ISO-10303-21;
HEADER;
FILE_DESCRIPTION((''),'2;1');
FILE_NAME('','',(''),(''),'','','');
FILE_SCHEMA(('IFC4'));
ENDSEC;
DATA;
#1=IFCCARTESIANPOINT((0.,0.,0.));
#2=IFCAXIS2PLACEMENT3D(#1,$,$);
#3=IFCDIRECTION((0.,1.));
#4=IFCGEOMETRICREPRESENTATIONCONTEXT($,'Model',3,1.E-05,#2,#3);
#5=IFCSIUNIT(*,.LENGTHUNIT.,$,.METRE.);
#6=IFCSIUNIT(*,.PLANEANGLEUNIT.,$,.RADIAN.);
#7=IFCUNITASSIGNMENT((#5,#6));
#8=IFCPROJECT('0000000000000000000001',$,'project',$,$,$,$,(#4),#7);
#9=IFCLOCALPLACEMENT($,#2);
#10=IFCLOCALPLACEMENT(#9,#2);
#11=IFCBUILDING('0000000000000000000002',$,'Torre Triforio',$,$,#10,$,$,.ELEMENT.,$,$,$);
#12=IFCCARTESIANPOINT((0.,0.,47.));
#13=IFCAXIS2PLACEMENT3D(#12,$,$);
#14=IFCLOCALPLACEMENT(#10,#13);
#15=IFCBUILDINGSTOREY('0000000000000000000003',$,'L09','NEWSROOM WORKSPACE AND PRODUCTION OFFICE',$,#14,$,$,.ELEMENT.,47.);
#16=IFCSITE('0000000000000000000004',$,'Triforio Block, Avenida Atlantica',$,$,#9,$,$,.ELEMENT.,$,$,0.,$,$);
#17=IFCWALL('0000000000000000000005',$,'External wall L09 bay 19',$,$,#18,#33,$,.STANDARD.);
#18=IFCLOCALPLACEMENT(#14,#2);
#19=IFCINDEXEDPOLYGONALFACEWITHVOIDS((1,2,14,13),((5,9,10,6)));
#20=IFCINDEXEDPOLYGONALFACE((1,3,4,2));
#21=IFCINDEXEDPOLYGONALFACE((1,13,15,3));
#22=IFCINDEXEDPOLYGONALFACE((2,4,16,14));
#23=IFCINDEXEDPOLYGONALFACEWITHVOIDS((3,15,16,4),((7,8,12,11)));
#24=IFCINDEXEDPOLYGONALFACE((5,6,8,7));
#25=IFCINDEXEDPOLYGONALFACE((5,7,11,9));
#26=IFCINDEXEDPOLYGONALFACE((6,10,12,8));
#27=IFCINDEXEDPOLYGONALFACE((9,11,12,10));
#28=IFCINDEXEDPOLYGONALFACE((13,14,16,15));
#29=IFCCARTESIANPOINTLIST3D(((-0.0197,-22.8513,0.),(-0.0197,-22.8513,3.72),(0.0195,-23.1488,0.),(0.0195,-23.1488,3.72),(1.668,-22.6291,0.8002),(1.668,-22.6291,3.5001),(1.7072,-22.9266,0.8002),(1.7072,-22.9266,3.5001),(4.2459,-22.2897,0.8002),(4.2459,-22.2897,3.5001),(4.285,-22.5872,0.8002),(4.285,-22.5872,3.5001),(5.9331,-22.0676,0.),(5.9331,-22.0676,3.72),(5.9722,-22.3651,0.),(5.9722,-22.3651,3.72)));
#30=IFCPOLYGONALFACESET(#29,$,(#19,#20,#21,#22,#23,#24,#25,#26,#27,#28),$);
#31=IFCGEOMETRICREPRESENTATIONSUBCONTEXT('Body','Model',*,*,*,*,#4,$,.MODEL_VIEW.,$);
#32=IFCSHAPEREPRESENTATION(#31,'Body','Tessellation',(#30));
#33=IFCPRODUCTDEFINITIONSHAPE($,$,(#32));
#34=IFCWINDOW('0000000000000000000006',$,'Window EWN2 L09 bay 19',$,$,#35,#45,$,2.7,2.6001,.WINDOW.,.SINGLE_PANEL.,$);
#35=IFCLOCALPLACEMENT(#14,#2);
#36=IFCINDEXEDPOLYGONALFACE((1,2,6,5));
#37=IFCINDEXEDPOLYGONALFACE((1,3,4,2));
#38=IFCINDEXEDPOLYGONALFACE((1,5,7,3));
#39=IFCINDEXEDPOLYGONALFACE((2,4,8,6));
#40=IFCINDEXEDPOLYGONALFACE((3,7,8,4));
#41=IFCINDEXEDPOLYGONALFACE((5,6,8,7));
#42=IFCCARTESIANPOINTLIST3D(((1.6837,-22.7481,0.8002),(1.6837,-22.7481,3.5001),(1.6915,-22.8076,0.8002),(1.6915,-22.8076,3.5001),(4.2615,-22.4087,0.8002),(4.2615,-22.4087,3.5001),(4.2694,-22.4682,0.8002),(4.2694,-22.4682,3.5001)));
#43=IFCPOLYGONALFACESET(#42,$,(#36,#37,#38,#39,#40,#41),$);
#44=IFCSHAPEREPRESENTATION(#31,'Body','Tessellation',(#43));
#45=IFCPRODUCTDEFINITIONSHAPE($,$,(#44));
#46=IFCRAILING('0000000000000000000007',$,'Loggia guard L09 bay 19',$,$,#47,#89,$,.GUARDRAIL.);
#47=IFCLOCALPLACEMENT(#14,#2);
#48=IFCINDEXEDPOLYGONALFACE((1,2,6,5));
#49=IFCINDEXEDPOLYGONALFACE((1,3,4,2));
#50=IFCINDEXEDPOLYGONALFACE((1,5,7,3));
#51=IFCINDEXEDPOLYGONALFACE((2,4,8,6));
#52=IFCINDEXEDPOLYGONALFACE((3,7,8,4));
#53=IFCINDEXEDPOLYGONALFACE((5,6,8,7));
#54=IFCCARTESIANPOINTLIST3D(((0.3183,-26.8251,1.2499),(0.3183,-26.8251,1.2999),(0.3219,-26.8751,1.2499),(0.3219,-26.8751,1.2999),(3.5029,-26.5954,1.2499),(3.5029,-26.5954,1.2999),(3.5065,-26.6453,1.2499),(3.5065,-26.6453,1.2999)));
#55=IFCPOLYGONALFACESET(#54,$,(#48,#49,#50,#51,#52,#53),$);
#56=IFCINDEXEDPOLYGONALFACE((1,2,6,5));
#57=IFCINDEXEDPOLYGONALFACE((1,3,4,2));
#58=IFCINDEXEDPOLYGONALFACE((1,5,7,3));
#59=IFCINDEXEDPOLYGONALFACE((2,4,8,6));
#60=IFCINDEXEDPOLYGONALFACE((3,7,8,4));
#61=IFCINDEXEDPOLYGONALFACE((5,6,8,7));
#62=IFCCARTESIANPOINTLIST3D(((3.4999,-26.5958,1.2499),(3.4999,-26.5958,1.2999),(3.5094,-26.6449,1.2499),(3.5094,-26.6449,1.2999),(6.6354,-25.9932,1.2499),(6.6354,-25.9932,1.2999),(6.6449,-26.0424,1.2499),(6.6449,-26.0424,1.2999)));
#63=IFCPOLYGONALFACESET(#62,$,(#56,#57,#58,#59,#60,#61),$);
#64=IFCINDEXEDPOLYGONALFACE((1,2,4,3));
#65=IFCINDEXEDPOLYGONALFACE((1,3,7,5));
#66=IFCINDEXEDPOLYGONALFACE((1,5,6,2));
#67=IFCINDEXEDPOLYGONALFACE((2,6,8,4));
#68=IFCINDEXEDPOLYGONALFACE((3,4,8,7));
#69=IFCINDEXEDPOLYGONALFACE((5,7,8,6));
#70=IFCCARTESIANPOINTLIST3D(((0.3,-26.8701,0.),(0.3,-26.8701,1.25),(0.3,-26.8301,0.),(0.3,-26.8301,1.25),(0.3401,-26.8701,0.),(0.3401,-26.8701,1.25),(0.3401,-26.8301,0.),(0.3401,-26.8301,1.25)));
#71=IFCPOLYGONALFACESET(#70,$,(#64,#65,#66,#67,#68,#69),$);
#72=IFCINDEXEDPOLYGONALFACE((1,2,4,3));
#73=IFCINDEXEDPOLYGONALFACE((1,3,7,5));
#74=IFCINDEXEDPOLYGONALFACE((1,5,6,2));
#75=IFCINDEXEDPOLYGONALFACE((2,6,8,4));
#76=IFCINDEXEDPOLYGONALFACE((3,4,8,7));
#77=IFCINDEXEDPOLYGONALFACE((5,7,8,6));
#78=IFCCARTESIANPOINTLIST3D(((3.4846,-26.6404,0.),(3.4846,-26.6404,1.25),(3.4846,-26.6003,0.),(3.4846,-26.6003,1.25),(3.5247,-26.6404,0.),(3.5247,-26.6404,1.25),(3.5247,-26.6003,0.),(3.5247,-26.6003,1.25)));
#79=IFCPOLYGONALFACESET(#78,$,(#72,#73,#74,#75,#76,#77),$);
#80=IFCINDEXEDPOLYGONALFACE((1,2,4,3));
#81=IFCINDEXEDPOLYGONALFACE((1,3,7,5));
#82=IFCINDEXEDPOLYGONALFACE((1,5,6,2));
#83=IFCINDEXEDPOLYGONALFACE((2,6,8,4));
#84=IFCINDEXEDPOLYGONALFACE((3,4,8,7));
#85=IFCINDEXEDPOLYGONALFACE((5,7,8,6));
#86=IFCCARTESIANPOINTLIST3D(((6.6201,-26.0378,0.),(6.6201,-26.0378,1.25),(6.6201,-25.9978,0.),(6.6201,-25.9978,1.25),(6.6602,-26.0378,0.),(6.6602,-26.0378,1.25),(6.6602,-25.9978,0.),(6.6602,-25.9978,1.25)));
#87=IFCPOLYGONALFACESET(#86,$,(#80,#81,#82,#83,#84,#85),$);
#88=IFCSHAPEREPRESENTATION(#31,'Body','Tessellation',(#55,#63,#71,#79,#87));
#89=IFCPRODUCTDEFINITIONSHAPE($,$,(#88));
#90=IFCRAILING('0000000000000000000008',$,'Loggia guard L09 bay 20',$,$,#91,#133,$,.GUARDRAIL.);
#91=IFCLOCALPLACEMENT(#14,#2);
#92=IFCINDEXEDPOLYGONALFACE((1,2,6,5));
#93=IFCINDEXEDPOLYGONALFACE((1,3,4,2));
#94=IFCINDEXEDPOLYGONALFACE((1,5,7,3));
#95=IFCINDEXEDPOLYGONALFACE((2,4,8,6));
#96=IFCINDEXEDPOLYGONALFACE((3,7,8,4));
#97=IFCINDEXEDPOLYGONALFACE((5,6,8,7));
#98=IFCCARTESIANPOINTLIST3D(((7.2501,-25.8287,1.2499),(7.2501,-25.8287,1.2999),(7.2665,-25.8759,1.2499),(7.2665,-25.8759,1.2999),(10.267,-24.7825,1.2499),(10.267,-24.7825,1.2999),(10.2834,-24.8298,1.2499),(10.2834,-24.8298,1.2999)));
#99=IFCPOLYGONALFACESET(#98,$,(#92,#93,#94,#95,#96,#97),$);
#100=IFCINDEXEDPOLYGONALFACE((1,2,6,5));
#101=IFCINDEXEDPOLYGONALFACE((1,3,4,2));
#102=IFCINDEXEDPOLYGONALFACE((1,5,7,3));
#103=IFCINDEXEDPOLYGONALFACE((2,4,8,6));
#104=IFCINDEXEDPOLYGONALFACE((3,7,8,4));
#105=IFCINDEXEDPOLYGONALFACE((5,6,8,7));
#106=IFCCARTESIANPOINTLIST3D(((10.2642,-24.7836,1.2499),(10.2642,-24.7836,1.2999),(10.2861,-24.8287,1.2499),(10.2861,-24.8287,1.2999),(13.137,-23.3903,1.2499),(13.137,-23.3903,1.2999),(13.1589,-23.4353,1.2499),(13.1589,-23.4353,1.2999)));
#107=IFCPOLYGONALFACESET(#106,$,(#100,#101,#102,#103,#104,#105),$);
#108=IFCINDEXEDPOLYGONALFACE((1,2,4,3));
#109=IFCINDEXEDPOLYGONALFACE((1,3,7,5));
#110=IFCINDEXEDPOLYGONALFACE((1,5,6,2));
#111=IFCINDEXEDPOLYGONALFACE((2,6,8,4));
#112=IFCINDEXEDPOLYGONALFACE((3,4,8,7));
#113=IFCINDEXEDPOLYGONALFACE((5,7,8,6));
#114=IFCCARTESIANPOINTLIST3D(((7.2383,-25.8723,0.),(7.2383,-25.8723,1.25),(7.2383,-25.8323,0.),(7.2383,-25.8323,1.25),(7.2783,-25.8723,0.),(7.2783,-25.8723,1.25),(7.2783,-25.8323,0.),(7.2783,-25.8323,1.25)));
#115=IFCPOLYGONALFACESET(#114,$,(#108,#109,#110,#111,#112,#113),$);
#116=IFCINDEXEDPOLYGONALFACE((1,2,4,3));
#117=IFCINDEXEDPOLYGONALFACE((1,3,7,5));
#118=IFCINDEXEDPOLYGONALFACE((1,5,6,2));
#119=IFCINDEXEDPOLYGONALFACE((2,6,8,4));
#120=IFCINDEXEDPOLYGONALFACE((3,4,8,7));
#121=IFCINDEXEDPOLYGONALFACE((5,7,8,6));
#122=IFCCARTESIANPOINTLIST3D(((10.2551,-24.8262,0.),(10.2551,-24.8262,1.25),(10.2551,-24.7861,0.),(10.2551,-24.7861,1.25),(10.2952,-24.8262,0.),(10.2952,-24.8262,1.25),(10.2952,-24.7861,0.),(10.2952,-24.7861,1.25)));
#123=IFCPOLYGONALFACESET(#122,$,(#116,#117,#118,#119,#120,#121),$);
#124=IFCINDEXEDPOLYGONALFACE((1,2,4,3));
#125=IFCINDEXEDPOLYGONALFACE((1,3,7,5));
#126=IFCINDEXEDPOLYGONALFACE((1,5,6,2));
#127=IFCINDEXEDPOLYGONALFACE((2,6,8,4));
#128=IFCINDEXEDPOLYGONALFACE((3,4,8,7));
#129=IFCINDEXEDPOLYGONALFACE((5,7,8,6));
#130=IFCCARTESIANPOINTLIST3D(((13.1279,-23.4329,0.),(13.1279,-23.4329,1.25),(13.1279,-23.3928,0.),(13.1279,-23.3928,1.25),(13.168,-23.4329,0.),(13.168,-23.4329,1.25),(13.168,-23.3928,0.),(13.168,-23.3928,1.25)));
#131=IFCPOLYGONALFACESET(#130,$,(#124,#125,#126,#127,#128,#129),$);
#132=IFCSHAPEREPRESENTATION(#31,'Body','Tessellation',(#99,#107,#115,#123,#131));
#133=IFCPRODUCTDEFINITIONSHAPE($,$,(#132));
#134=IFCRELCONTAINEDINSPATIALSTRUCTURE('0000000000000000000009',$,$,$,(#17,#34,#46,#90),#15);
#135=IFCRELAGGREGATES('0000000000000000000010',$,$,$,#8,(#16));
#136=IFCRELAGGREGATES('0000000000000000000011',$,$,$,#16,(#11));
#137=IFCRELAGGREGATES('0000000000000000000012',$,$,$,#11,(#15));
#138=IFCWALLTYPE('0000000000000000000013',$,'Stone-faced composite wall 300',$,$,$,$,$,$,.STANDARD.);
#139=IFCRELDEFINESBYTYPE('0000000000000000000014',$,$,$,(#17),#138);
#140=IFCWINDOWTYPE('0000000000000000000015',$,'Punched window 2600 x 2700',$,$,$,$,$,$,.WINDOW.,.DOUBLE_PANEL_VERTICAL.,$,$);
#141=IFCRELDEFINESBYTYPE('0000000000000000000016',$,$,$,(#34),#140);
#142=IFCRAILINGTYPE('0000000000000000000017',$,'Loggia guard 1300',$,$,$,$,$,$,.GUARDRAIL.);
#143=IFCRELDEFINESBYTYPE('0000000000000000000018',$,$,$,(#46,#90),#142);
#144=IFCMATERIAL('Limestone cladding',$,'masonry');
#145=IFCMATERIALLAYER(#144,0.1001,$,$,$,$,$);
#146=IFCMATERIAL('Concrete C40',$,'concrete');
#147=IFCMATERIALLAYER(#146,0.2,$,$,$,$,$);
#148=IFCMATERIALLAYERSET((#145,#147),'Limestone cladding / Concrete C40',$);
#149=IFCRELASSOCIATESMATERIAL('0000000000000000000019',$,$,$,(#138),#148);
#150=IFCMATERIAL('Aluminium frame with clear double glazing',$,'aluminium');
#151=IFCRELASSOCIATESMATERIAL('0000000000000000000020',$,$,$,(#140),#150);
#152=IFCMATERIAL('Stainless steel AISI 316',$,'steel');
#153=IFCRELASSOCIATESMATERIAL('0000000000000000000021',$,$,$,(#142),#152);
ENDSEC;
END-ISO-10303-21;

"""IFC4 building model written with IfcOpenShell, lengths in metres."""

from ifc_helpers import new_model, si_unit, direction, frame, frame_2d, origin, origin_2d, place, context, subcontext, project, spatial, rectangle, extrude, material, layer, layer_set, type_object, element, fill, save


model = new_model("IFC4")

# Units and contexts
model_context = context("Model", 3, precision=1e-05, world=origin(), true_north=direction((0.0, 1.0)))
body_context = subcontext(model_context, "Body", "Model", "MODEL_VIEW")
ifc_project = project(units=[si_unit("LENGTHUNIT", "METRE"), si_unit("PLANEANGLEUNIT", "RADIAN")], contexts=[model_context])

# Site, building, storey
site_placement = place(None, origin())
site = spatial("IfcSite", under=ifc_project, at=site_placement, Name="Triforio Block, Avenida Atlantica", CompositionType="ELEMENT", RefElevation=0.0)
building_placement = place(site_placement, origin())
building = spatial("IfcBuilding", under=site, at=building_placement, Name="Torre Triforio", CompositionType="ELEMENT")
storey_placement = place(building_placement, frame((0.0, 0.0, 47.0)))
storey = spatial("IfcBuildingStorey", under=building, at=storey_placement, Name="L09", Description="NEWSROOM WORKSPACE AND PRODUCTION OFFICE", CompositionType="ELEMENT", Elevation=47.0)

# Wall, opening, window
ifc_material_1 = material(Name="Limestone cladding", Category="masonry")
ifc_layer_1 = layer(ifc_material_1, 0.1001)
ifc_material_2 = material(Name="Concrete C40", Category="concrete")
ifc_layer_2 = layer(ifc_material_2, 0.2)
ifc_layer_set_1 = layer_set([ifc_layer_1, ifc_layer_2], Name="Limestone cladding / Concrete C40")
wall_type_1 = type_object("IfcWallType", Name="Stone-faced composite wall 300", PredefinedType="STANDARD", material=ifc_layer_set_1)
wall_1_placement = place(storey_placement, frame((0.0, -23.0, 0.0), z_axis=(0.0, 0.0, 1.0), x_axis=(0.991445, 0.130523, 0.0)))
wall_1 = element("IfcWall", 1, at=wall_1_placement, inside=storey, type_object=wall_type_1, Name="External wall L09 bay 19", PredefinedType="STANDARD", context=body_context, shape_type="SweptSolid", body=[
    extrude(rectangle(XDim=6.0042, YDim=0.3, at=frame_2d((3.002, 0.0))), origin(), (0.0, 0.0, 1.0), 3.72),
])
opening_1_placement = place(wall_1_placement, frame((1.7021, 0.0, 0.8)))
opening_1 = element("IfcOpeningElement", 2, at=opening_1_placement, cuts=wall_1, PredefinedType="OPENING", context=body_context, shape_type="SweptSolid", body=[
    extrude(rectangle(XDim=2.6001, YDim=2.7, at=frame_2d((1.3, 1.3501))), frame((0.0, 0.1599, 0.0), z_axis=(0.0, -1.0, 0.0), x_axis=(1.0, 0.0, 0.0)), (0.0, 0.0, 1.0), 0.3201),
])
ifc_material_3 = material(Name="Aluminium frame with clear double glazing", Category="aluminium")
window_type_1 = type_object("IfcWindowType", Name="Punched window 2600 x 2700", PartitioningType="DOUBLE_PANEL_VERTICAL", PredefinedType="WINDOW", material=ifc_material_3)
window_1_placement = place(opening_1_placement, origin())
window_1 = element("IfcWindow", 3, at=window_1_placement, inside=storey, type_object=window_type_1, Name="Window EWN2 L09 bay 19", OverallHeight=2.7, OverallWidth=2.6001, PartitioningType="SINGLE_PANEL", PredefinedType="WINDOW", context=body_context, shape_type="SweptSolid", body=[
    extrude(rectangle(XDim=2.6001, YDim=2.7, at=frame_2d((1.3, 1.3501))), frame((0.0, 0.03, 0.0), z_axis=(0.0, -1.0, 0.0), x_axis=(1.0, 0.0, 0.0)), (0.0, 0.0, 1.0), 0.0601),
])
fill(opening_1, window_1)

# Railings
ifc_material_4 = material(Name="Stainless steel AISI 316", Category="steel")
railing_type = type_object("IfcRailingType", Name="Loggia guard 1300", PredefinedType="GUARDRAIL", material=ifc_material_4)
railing_1_placement = place(storey_placement, frame((0.3201, -26.8501, 0.0)))
element("IfcRailing", 4, at=railing_1_placement, inside=storey, type_object=railing_type, Name="Loggia guard L09 bay 19", PredefinedType="GUARDRAIL", context=body_context, shape_type="SweptSolid", body=[
    extrude(rectangle(XDim=0.05, YDim=0.05, at=origin_2d()), frame((0.0, 0.0, 1.2749), z_axis=(0.997408, 0.071953, 0.0), x_axis=(-0.071953, 0.997408, 0.0)), (0.0, 0.0, 1.0), 3.1929),
    extrude(rectangle(XDim=0.05, YDim=0.05, at=origin_2d()), frame((3.1846, 0.2297, 1.2749), z_axis=(0.982032, 0.188714, 0.0), x_axis=(-0.188714, 0.982032, 0.0)), (0.0, 0.0, 1.0), 3.1929),
    extrude(rectangle(XDim=0.04, YDim=0.04, at=origin_2d()), origin(), (0.0, 0.0, 1.0), 1.25),
    extrude(rectangle(XDim=0.04, YDim=0.04, at=origin_2d()), frame((3.1846, 0.2297, 0.0)), (0.0, 0.0, 1.0), 1.25),
    extrude(rectangle(XDim=0.04, YDim=0.04, at=origin_2d()), frame((6.3201, 0.8323, 0.0)), (0.0, 0.0, 1.0), 1.25),
])
railing_2_placement = place(storey_placement, frame((7.2583, -25.8523, 0.0)))
element("IfcRailing", 5, at=railing_2_placement, inside=storey, type_object=railing_type, Name="Loggia guard L09 bay 20", PredefinedType="GUARDRAIL", context=body_context, shape_type="SweptSolid", body=[
    extrude(rectangle(XDim=0.05, YDim=0.05, at=origin_2d()), frame((0.0, 0.0, 1.2749), z_axis=(0.944807, 0.327628, 0.0), x_axis=(-0.327628, 0.944807, 0.0)), (0.0, 0.0, 1.0), 3.1931),
    extrude(rectangle(XDim=0.05, YDim=0.05, at=origin_2d()), frame((3.0168, 1.0461, 1.2749), z_axis=(0.89976, 0.436384, 0.0), x_axis=(-0.436384, 0.89976, 0.0)), (0.0, 0.0, 1.0), 3.1929),
    extrude(rectangle(XDim=0.04, YDim=0.04, at=origin_2d()), origin(), (0.0, 0.0, 1.0), 1.25),
    extrude(rectangle(XDim=0.04, YDim=0.04, at=origin_2d()), frame((3.0168, 1.0461, 0.0)), (0.0, 0.0, 1.0), 1.25),
    extrude(rectangle(XDim=0.04, YDim=0.04, at=origin_2d()), frame((5.8896, 2.4395, 0.0)), (0.0, 0.0, 1.0), 1.25),
])

save(model, "model.ifc")
